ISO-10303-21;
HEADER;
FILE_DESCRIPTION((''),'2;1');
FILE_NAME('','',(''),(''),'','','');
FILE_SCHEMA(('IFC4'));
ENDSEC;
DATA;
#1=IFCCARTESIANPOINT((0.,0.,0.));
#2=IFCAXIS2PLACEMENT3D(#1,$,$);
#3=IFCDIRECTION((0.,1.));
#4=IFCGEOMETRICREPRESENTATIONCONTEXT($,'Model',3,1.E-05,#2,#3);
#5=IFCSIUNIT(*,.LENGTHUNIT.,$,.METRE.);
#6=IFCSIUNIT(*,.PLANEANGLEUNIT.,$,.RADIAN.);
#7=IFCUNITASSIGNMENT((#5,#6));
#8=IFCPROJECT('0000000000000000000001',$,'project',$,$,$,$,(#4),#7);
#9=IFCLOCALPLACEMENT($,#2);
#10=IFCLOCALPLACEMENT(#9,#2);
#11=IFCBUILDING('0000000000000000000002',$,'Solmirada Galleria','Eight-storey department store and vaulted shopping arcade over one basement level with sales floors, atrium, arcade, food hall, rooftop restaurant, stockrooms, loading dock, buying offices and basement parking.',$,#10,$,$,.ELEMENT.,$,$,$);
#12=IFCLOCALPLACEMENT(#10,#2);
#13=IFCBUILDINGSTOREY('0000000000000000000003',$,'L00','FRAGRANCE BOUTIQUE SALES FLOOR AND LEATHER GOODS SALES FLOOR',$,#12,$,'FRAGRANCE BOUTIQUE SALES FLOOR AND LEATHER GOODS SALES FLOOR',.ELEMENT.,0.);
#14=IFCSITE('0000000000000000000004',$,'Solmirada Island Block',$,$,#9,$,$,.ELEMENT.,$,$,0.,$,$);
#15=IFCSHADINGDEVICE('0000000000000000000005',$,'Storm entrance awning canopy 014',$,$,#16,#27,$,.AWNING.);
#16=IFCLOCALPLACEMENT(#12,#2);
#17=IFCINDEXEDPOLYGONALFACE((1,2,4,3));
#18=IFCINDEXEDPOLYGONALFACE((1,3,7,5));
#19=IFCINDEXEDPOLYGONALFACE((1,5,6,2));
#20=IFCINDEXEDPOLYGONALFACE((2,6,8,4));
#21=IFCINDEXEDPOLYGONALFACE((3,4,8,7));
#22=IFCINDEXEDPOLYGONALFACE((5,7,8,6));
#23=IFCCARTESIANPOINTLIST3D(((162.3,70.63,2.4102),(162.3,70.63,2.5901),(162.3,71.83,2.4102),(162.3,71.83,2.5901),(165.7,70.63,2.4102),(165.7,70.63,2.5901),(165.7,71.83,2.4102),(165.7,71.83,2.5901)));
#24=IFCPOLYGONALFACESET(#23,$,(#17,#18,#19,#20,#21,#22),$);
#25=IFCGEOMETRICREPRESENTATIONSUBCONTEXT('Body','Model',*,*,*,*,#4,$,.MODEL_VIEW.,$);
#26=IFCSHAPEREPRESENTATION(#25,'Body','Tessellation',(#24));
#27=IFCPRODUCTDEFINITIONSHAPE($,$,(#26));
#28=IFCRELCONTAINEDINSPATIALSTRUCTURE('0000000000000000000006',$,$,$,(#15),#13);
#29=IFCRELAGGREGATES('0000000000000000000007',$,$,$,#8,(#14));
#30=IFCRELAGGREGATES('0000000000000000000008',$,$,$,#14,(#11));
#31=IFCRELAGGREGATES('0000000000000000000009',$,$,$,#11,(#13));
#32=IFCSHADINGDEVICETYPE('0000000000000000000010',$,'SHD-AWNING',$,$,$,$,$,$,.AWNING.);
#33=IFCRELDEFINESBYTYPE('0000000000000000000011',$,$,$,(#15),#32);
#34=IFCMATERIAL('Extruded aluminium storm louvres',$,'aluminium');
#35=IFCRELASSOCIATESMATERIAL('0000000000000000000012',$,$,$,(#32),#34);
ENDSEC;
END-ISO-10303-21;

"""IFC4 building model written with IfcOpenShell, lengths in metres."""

from ifc_helpers import new_model, si_unit, direction, frame, origin, origin_2d, place, context, subcontext, project, spatial, rectangle, extrude, material, type_object, element, save


model = new_model("IFC4")

# Units and contexts
model_context = context("Model", 3, precision=1e-05, world=origin(), true_north=direction((0.0, 1.0)))
body_context = subcontext(model_context, "Body", "Model", "MODEL_VIEW")
ifc_project = project(units=[si_unit("LENGTHUNIT", "METRE"), si_unit("PLANEANGLEUNIT", "RADIAN")], contexts=[model_context])

# Site, building, storey
site_placement = place(None, origin())
site = spatial("IfcSite", under=ifc_project, at=site_placement, Name="Solmirada Island Block", CompositionType="ELEMENT", RefElevation=0.0)
building_placement = place(site_placement, origin())
building = spatial("IfcBuilding", under=site, at=building_placement, Name="Solmirada Galleria", Description="Eight-storey department store and vaulted shopping arcade over one basement level with sales floors, atrium, arcade, food hall, rooftop restaurant, stockrooms, loading dock, buying offices and basement parking.", CompositionType="ELEMENT")
storey_placement = place(building_placement, origin())
storey = spatial("IfcBuildingStorey", under=building, at=storey_placement, Name="L00", Description="FRAGRANCE BOUTIQUE SALES FLOOR AND LEATHER GOODS SALES FLOOR", LongName="FRAGRANCE BOUTIQUE SALES FLOOR AND LEATHER GOODS SALES FLOOR", CompositionType="ELEMENT", Elevation=0.0)

# Shading device
ifc_material_1 = material(Name="Extruded aluminium storm louvres", Category="aluminium")
shading_device_type = type_object("IfcShadingDeviceType", Name="SHD-AWNING", PredefinedType="AWNING", material=ifc_material_1)
shading_device_placement = place(storey_placement, frame((164.0, 71.23, 2.4102), z_axis=(0.0, 0.0, 1.0), x_axis=(-1.0, 0.0, 0.0)))
element("IfcShadingDevice", 1, at=shading_device_placement, inside=storey, type_object=shading_device_type, Name="Storm entrance awning canopy 014", PredefinedType="AWNING", context=body_context, shape_type="SweptSolid", body=[
    extrude(rectangle(XDim=3.3999, YDim=1.2, at=origin_2d()), origin(), (0.0, 0.0, 1.0), 0.1799),
])

save(model, "model.ifc")
